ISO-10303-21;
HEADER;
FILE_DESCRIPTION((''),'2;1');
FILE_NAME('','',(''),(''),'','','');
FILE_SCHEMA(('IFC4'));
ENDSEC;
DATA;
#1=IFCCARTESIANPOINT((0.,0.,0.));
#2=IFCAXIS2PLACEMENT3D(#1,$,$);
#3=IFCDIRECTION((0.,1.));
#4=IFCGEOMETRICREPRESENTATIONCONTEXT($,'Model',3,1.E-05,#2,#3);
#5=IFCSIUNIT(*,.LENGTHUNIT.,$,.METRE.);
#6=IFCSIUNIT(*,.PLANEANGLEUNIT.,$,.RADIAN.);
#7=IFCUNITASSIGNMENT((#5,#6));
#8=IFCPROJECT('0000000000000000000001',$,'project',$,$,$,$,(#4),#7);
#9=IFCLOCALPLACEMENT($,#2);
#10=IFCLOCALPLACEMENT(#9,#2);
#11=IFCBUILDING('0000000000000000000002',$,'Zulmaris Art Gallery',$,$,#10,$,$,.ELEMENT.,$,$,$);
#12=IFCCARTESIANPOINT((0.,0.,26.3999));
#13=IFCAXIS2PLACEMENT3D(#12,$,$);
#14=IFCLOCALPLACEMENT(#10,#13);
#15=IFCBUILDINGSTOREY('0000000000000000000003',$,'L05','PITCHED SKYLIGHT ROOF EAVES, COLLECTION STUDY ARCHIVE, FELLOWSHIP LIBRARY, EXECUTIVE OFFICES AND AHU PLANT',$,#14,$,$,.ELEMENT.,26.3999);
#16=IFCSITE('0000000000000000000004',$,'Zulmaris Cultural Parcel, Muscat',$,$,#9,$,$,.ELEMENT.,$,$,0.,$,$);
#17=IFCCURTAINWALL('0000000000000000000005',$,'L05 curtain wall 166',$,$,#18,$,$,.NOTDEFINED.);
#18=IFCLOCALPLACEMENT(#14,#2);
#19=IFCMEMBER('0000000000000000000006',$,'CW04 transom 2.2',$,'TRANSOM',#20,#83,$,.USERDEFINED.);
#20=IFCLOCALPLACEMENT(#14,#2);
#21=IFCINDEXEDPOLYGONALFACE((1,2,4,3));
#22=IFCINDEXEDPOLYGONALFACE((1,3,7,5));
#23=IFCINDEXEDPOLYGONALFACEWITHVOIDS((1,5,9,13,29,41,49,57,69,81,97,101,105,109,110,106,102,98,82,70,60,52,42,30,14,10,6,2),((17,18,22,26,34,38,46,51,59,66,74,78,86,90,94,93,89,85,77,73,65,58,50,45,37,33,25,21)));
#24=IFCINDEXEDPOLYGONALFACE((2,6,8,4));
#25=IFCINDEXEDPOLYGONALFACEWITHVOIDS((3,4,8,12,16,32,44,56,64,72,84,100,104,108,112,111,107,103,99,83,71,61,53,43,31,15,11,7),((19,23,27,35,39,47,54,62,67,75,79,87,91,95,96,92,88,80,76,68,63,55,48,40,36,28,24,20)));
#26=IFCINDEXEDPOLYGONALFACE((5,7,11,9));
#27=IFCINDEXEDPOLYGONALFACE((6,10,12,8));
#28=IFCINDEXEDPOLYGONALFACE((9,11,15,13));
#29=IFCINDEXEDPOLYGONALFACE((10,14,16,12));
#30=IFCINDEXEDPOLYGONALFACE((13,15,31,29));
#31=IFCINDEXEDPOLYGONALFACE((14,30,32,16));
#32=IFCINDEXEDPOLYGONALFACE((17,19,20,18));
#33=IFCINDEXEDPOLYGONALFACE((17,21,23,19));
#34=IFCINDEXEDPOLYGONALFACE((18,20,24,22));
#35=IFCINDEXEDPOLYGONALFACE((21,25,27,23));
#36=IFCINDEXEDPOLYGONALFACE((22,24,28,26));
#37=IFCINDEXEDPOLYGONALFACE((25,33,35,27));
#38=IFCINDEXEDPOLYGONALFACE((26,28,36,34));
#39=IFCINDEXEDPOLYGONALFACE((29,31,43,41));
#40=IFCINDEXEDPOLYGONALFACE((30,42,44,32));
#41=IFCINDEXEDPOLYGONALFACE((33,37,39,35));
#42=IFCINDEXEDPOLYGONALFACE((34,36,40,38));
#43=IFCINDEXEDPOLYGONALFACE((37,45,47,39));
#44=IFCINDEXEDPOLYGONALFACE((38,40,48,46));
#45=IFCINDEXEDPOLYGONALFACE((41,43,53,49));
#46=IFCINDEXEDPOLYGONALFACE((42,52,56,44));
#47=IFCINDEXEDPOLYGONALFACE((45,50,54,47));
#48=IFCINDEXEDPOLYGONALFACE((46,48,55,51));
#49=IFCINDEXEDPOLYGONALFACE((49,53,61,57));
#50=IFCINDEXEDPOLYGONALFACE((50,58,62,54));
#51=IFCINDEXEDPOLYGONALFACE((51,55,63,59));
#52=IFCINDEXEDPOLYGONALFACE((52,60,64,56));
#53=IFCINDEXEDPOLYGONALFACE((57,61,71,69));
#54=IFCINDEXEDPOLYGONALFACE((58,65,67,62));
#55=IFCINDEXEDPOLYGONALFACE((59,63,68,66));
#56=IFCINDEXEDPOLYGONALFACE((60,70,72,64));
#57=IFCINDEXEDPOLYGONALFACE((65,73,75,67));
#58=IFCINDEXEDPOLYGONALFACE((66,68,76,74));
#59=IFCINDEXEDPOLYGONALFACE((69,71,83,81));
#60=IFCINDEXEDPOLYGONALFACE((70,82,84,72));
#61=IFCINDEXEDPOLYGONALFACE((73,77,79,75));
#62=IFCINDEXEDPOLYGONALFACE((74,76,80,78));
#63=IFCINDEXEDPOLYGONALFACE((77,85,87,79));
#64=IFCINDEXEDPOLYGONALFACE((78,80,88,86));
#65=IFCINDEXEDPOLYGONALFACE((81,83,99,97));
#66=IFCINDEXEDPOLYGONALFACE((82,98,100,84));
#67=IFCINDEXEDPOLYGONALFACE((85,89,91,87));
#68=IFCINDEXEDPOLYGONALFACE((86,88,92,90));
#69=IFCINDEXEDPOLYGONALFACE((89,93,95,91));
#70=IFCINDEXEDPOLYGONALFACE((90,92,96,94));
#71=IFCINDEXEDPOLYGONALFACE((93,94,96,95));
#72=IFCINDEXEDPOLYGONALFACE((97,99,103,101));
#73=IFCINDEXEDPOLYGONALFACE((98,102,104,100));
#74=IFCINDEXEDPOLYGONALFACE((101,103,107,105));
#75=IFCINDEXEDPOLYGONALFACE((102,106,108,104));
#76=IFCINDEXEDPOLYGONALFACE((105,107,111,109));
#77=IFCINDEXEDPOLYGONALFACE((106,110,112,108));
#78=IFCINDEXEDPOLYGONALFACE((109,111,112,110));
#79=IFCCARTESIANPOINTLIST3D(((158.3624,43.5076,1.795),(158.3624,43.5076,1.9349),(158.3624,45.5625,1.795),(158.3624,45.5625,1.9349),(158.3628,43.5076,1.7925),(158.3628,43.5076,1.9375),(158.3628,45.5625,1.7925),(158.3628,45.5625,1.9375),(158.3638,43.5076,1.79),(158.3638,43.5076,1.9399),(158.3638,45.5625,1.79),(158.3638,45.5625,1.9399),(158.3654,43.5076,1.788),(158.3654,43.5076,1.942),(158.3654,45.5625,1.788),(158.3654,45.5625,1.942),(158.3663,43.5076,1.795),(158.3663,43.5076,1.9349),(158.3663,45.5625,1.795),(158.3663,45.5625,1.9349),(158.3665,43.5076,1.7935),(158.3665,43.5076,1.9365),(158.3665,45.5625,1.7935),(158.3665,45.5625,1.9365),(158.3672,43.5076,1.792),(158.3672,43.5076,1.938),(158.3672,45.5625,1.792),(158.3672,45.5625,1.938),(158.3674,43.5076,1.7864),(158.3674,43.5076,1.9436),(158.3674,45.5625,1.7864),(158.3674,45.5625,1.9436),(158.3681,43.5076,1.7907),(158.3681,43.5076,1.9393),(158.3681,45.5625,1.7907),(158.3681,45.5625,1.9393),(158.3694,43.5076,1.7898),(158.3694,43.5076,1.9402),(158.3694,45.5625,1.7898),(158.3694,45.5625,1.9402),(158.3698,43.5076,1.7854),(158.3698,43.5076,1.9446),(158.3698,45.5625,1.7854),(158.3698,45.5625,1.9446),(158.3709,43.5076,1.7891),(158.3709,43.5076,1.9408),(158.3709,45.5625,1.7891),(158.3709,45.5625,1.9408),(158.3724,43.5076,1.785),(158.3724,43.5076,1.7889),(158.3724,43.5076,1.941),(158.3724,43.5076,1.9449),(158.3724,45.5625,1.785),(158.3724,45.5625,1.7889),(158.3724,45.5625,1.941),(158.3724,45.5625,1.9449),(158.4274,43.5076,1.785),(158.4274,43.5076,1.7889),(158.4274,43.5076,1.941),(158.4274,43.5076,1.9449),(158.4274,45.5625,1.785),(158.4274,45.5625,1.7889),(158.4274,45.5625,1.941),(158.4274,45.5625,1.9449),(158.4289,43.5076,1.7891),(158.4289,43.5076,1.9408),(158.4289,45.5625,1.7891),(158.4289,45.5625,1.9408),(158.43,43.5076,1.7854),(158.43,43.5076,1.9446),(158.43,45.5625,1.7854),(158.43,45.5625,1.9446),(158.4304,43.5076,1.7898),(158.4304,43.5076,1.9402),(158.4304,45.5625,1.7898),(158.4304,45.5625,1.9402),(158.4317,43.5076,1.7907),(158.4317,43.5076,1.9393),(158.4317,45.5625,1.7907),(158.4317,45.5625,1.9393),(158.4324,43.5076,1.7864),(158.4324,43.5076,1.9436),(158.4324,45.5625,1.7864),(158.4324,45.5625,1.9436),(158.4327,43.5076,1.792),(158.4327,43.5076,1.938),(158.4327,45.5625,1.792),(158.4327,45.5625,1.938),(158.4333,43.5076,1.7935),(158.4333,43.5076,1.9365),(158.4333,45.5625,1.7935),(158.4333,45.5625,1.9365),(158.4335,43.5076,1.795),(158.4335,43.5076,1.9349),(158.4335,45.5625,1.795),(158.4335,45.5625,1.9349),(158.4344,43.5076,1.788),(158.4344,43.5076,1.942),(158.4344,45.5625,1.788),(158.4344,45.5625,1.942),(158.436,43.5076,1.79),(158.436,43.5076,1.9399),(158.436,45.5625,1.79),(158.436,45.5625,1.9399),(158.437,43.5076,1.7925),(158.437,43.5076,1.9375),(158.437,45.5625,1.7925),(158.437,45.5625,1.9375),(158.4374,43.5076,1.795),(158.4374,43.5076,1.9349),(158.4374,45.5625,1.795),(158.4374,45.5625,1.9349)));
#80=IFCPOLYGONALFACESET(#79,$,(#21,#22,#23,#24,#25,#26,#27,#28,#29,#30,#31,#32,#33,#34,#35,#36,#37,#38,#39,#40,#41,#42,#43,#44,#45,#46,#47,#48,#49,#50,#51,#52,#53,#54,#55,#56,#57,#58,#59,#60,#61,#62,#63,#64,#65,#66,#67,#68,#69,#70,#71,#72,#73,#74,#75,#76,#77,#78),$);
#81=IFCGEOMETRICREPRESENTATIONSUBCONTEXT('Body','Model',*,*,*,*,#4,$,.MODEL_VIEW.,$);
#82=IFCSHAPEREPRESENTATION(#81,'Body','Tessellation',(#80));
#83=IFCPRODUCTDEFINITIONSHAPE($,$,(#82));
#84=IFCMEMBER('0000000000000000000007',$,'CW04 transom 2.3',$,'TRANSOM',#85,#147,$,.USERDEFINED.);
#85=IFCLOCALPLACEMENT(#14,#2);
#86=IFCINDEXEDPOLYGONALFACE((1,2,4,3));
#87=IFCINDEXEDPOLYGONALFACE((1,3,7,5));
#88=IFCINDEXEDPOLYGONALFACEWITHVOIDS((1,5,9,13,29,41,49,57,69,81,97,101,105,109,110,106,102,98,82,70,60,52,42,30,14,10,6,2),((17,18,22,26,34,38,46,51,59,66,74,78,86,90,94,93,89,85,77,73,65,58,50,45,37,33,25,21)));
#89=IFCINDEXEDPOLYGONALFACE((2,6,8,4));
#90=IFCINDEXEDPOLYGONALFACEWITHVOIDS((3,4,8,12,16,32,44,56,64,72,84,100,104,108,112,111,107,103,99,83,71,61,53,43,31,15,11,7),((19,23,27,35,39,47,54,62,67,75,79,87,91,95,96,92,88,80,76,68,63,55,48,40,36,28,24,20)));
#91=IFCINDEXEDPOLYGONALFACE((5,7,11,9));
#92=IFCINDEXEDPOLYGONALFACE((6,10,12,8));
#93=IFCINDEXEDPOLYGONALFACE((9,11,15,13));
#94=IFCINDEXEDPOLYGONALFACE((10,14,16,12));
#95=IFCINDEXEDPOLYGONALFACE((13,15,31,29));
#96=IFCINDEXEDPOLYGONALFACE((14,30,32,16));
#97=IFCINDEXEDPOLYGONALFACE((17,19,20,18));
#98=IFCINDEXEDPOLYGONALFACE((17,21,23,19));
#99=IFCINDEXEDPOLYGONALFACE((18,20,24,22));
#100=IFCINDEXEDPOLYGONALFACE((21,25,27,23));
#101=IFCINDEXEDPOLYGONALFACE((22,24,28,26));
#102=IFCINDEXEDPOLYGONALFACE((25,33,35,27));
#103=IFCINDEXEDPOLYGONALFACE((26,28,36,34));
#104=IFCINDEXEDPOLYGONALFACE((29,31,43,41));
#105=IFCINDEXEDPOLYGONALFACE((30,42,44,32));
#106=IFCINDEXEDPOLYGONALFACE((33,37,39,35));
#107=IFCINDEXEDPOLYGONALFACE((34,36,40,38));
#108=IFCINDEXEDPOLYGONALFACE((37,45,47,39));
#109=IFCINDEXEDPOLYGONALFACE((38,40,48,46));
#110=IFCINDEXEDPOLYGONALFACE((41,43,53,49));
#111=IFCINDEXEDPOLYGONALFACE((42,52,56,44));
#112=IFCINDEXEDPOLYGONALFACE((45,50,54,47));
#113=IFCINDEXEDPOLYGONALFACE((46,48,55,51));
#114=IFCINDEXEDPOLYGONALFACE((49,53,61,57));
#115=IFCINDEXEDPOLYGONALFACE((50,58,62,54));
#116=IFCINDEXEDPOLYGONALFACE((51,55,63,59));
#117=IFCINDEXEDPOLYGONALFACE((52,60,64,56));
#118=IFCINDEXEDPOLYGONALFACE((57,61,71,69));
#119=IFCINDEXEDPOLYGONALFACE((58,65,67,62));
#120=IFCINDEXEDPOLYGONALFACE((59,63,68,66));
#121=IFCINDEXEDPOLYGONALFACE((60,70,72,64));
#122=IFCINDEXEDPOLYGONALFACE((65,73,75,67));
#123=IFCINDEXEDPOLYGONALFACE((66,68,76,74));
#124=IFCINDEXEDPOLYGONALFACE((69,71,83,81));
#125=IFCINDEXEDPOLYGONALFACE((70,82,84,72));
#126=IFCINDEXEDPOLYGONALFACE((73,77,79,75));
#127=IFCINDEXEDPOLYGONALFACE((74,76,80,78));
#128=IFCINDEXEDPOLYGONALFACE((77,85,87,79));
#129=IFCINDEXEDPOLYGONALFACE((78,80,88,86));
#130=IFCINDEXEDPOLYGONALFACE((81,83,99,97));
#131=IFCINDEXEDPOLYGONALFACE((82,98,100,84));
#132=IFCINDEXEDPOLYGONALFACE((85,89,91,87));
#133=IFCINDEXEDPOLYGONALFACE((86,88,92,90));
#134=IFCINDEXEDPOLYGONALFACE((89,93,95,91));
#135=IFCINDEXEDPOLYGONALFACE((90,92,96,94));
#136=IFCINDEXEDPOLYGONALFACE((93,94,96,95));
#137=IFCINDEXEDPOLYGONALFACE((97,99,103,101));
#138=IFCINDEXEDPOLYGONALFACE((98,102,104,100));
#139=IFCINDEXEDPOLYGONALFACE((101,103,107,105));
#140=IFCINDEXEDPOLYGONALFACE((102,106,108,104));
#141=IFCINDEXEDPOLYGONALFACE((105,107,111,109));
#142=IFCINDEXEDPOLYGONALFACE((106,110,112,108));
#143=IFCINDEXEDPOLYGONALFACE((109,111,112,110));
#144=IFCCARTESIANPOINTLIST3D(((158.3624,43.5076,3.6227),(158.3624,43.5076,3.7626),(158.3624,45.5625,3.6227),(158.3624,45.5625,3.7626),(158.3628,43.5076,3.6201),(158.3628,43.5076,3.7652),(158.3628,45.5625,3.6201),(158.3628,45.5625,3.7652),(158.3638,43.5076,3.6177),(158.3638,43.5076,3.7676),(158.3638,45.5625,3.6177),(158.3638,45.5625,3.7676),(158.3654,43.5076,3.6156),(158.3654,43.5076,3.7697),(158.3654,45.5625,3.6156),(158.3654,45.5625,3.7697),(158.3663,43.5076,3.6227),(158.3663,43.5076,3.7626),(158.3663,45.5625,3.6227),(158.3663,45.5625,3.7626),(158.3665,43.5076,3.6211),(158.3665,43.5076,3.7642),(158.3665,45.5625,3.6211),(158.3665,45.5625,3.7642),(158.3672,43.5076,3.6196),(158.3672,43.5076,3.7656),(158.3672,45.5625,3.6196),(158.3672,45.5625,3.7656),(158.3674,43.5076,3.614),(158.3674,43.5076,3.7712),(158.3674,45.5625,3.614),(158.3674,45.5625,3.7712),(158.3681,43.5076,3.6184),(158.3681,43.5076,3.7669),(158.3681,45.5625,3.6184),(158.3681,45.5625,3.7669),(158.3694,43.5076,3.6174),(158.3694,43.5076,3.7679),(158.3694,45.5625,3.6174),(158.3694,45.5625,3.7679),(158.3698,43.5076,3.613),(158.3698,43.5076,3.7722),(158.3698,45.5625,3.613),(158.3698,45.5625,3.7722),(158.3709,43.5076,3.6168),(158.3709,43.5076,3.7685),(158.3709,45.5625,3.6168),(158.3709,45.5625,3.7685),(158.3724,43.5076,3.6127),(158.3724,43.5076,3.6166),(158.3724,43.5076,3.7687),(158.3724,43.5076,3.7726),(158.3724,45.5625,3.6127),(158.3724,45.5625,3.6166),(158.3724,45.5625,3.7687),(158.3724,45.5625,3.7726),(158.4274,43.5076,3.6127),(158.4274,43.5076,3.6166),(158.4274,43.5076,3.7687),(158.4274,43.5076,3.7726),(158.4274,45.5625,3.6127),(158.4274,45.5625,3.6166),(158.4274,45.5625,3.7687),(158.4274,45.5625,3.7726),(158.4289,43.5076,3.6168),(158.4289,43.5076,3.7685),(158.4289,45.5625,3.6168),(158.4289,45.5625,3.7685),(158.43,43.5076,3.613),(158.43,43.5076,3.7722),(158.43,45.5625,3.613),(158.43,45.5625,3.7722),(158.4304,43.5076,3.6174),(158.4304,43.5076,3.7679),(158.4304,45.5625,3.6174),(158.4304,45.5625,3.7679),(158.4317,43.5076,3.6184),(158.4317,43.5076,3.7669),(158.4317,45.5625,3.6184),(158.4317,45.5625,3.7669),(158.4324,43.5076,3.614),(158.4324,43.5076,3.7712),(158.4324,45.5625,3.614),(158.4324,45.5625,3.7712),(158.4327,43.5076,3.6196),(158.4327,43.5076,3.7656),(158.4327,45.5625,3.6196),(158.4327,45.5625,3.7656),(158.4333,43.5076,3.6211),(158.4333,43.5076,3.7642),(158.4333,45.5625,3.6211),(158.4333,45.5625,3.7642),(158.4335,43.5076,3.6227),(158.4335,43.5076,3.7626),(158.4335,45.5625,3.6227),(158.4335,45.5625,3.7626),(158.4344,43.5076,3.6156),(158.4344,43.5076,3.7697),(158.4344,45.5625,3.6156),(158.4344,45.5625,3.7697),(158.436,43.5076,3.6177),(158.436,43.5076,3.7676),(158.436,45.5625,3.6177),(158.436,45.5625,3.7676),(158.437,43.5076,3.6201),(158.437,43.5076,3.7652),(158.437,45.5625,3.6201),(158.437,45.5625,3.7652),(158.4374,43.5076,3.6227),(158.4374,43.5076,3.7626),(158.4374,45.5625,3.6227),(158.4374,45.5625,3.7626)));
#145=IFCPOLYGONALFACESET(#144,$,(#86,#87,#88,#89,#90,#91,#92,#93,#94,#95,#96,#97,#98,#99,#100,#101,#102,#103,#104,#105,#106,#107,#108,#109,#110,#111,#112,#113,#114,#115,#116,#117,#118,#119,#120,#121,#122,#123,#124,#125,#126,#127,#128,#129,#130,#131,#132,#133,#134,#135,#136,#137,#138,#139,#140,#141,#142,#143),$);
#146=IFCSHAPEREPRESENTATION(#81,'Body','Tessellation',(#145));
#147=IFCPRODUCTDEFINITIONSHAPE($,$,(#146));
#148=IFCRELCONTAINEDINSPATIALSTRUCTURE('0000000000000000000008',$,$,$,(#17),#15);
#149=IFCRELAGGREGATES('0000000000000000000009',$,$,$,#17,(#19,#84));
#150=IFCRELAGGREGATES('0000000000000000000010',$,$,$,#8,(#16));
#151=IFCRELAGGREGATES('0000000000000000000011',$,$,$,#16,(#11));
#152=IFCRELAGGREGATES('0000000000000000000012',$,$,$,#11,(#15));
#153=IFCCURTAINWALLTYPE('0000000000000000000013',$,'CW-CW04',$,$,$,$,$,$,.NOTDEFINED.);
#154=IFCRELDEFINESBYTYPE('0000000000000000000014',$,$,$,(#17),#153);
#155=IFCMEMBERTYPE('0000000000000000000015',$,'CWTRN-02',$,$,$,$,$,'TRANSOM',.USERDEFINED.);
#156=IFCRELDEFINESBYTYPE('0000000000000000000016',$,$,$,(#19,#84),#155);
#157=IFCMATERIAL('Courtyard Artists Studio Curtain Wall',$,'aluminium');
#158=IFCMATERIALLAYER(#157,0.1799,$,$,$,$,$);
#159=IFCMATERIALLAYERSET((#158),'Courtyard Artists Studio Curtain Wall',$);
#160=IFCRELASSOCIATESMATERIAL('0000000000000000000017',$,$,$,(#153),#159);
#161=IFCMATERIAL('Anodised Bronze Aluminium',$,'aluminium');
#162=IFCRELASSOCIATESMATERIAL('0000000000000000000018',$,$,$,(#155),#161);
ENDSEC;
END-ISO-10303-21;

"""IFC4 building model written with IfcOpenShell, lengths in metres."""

from ifc_helpers import new_model, si_unit, direction, frame, origin, origin_2d, place, context, subcontext, project, spatial, hollow_rectangle, extrude, material, layer, layer_set, material_profile, profile_set, type_object, element, aggregate, save


model = new_model("IFC4")

# Units and contexts
model_context = context("Model", 3, precision=1e-05, world=origin(), true_north=direction((0.0, 1.0)))
body_context = subcontext(model_context, "Body", "Model", "MODEL_VIEW")
ifc_project = project(units=[si_unit("LENGTHUNIT", "METRE"), si_unit("PLANEANGLEUNIT", "RADIAN")], contexts=[model_context])

# Site, building, storey
site_placement = place(None, origin())
site = spatial("IfcSite", under=ifc_project, at=site_placement, Name="Zulmaris Cultural Parcel, Muscat", CompositionType="ELEMENT", RefElevation=0.0)
building_placement = place(site_placement, origin())
building = spatial("IfcBuilding", under=site, at=building_placement, Name="Zulmaris Art Gallery", CompositionType="ELEMENT")
storey_placement = place(building_placement, frame((0.0, 0.0, 26.3999)))
storey = spatial("IfcBuildingStorey", under=building, at=storey_placement, Name="L05", Description="PITCHED SKYLIGHT ROOF EAVES, COLLECTION STUDY ARCHIVE, FELLOWSHIP LIBRARY, EXECUTIVE OFFICES AND AHU PLANT", CompositionType="ELEMENT", Elevation=26.3999)

# Shared definitions
ifc_material_1 = material(Name="Courtyard Artists Studio Curtain Wall", Category="aluminium")
ifc_layer_1 = layer(ifc_material_1, 0.1799)
ifc_layer_set_1 = layer_set([ifc_layer_1], Name="Courtyard Artists Studio Curtain Wall")
curtain_wall_type = type_object("IfcCurtainWallType", Name="CW-CW04", PredefinedType="NOTDEFINED", material=ifc_layer_set_1)
ifc_material_2 = material(Name="Anodised Bronze Aluminium", Category="aluminium")

# Curtain wall
curtain_wall_1_placement = place(storey_placement, origin())
curtain_wall_1 = element("IfcCurtainWall", 1, at=curtain_wall_1_placement, inside=storey, type_object=curtain_wall_type, Name="L05 curtain wall 166", PredefinedType="NOTDEFINED")

# Members
ifc_material_profile_1 = material_profile(ifc_material_2, hollow_rectangle(XDim=0.075, YDim=0.1599, WallThickness=0.0039, InnerFilletRadius=0.0061, OuterFilletRadius=0.01, at=origin_2d()), Name="ALU 75x160x4")
ifc_profile_set_1 = profile_set([ifc_material_profile_1], Name="Anodised Bronze Aluminium")
member_type_1 = type_object("IfcMemberType", Name="CWTRN-02", ElementType="TRANSOM", PredefinedType="USERDEFINED", material=ifc_profile_set_1)
member_1_placement = place(storey_placement, frame((158.3999, 43.5076, 1.865), z_axis=(0.0, 1.0, 0.0), x_axis=(-1.0, 0.0, 0.0)))
member_1 = element("IfcMember", 2, at=member_1_placement, type_object=member_type_1, Name="CW04 transom 2.2", ObjectType="TRANSOM", PredefinedType="USERDEFINED", context=body_context, shape_type="SweptSolid", body=[
    extrude(hollow_rectangle(XDim=0.075, YDim=0.1599, WallThickness=0.0039, InnerFilletRadius=0.0061, OuterFilletRadius=0.01, at=origin_2d()), origin(), (0.0, 0.0, 1.0), 2.0549),
])
member_2_placement = place(storey_placement, frame((158.3999, 43.5076, 3.6926), z_axis=(0.0, 1.0, 0.0), x_axis=(-1.0, 0.0, 0.0)))
member_2 = element("IfcMember", 3, at=member_2_placement, type_object=member_type_1, Name="CW04 transom 2.3", ObjectType="TRANSOM", PredefinedType="USERDEFINED", context=body_context, shape_type="SweptSolid", body=[
    extrude(hollow_rectangle(XDim=0.075, YDim=0.1599, WallThickness=0.0039, InnerFilletRadius=0.0061, OuterFilletRadius=0.01, at=origin_2d()), origin(), (0.0, 0.0, 1.0), 2.0549),
])

aggregate(curtain_wall_1, [member_1, member_2])

save(model, "model.ifc")
